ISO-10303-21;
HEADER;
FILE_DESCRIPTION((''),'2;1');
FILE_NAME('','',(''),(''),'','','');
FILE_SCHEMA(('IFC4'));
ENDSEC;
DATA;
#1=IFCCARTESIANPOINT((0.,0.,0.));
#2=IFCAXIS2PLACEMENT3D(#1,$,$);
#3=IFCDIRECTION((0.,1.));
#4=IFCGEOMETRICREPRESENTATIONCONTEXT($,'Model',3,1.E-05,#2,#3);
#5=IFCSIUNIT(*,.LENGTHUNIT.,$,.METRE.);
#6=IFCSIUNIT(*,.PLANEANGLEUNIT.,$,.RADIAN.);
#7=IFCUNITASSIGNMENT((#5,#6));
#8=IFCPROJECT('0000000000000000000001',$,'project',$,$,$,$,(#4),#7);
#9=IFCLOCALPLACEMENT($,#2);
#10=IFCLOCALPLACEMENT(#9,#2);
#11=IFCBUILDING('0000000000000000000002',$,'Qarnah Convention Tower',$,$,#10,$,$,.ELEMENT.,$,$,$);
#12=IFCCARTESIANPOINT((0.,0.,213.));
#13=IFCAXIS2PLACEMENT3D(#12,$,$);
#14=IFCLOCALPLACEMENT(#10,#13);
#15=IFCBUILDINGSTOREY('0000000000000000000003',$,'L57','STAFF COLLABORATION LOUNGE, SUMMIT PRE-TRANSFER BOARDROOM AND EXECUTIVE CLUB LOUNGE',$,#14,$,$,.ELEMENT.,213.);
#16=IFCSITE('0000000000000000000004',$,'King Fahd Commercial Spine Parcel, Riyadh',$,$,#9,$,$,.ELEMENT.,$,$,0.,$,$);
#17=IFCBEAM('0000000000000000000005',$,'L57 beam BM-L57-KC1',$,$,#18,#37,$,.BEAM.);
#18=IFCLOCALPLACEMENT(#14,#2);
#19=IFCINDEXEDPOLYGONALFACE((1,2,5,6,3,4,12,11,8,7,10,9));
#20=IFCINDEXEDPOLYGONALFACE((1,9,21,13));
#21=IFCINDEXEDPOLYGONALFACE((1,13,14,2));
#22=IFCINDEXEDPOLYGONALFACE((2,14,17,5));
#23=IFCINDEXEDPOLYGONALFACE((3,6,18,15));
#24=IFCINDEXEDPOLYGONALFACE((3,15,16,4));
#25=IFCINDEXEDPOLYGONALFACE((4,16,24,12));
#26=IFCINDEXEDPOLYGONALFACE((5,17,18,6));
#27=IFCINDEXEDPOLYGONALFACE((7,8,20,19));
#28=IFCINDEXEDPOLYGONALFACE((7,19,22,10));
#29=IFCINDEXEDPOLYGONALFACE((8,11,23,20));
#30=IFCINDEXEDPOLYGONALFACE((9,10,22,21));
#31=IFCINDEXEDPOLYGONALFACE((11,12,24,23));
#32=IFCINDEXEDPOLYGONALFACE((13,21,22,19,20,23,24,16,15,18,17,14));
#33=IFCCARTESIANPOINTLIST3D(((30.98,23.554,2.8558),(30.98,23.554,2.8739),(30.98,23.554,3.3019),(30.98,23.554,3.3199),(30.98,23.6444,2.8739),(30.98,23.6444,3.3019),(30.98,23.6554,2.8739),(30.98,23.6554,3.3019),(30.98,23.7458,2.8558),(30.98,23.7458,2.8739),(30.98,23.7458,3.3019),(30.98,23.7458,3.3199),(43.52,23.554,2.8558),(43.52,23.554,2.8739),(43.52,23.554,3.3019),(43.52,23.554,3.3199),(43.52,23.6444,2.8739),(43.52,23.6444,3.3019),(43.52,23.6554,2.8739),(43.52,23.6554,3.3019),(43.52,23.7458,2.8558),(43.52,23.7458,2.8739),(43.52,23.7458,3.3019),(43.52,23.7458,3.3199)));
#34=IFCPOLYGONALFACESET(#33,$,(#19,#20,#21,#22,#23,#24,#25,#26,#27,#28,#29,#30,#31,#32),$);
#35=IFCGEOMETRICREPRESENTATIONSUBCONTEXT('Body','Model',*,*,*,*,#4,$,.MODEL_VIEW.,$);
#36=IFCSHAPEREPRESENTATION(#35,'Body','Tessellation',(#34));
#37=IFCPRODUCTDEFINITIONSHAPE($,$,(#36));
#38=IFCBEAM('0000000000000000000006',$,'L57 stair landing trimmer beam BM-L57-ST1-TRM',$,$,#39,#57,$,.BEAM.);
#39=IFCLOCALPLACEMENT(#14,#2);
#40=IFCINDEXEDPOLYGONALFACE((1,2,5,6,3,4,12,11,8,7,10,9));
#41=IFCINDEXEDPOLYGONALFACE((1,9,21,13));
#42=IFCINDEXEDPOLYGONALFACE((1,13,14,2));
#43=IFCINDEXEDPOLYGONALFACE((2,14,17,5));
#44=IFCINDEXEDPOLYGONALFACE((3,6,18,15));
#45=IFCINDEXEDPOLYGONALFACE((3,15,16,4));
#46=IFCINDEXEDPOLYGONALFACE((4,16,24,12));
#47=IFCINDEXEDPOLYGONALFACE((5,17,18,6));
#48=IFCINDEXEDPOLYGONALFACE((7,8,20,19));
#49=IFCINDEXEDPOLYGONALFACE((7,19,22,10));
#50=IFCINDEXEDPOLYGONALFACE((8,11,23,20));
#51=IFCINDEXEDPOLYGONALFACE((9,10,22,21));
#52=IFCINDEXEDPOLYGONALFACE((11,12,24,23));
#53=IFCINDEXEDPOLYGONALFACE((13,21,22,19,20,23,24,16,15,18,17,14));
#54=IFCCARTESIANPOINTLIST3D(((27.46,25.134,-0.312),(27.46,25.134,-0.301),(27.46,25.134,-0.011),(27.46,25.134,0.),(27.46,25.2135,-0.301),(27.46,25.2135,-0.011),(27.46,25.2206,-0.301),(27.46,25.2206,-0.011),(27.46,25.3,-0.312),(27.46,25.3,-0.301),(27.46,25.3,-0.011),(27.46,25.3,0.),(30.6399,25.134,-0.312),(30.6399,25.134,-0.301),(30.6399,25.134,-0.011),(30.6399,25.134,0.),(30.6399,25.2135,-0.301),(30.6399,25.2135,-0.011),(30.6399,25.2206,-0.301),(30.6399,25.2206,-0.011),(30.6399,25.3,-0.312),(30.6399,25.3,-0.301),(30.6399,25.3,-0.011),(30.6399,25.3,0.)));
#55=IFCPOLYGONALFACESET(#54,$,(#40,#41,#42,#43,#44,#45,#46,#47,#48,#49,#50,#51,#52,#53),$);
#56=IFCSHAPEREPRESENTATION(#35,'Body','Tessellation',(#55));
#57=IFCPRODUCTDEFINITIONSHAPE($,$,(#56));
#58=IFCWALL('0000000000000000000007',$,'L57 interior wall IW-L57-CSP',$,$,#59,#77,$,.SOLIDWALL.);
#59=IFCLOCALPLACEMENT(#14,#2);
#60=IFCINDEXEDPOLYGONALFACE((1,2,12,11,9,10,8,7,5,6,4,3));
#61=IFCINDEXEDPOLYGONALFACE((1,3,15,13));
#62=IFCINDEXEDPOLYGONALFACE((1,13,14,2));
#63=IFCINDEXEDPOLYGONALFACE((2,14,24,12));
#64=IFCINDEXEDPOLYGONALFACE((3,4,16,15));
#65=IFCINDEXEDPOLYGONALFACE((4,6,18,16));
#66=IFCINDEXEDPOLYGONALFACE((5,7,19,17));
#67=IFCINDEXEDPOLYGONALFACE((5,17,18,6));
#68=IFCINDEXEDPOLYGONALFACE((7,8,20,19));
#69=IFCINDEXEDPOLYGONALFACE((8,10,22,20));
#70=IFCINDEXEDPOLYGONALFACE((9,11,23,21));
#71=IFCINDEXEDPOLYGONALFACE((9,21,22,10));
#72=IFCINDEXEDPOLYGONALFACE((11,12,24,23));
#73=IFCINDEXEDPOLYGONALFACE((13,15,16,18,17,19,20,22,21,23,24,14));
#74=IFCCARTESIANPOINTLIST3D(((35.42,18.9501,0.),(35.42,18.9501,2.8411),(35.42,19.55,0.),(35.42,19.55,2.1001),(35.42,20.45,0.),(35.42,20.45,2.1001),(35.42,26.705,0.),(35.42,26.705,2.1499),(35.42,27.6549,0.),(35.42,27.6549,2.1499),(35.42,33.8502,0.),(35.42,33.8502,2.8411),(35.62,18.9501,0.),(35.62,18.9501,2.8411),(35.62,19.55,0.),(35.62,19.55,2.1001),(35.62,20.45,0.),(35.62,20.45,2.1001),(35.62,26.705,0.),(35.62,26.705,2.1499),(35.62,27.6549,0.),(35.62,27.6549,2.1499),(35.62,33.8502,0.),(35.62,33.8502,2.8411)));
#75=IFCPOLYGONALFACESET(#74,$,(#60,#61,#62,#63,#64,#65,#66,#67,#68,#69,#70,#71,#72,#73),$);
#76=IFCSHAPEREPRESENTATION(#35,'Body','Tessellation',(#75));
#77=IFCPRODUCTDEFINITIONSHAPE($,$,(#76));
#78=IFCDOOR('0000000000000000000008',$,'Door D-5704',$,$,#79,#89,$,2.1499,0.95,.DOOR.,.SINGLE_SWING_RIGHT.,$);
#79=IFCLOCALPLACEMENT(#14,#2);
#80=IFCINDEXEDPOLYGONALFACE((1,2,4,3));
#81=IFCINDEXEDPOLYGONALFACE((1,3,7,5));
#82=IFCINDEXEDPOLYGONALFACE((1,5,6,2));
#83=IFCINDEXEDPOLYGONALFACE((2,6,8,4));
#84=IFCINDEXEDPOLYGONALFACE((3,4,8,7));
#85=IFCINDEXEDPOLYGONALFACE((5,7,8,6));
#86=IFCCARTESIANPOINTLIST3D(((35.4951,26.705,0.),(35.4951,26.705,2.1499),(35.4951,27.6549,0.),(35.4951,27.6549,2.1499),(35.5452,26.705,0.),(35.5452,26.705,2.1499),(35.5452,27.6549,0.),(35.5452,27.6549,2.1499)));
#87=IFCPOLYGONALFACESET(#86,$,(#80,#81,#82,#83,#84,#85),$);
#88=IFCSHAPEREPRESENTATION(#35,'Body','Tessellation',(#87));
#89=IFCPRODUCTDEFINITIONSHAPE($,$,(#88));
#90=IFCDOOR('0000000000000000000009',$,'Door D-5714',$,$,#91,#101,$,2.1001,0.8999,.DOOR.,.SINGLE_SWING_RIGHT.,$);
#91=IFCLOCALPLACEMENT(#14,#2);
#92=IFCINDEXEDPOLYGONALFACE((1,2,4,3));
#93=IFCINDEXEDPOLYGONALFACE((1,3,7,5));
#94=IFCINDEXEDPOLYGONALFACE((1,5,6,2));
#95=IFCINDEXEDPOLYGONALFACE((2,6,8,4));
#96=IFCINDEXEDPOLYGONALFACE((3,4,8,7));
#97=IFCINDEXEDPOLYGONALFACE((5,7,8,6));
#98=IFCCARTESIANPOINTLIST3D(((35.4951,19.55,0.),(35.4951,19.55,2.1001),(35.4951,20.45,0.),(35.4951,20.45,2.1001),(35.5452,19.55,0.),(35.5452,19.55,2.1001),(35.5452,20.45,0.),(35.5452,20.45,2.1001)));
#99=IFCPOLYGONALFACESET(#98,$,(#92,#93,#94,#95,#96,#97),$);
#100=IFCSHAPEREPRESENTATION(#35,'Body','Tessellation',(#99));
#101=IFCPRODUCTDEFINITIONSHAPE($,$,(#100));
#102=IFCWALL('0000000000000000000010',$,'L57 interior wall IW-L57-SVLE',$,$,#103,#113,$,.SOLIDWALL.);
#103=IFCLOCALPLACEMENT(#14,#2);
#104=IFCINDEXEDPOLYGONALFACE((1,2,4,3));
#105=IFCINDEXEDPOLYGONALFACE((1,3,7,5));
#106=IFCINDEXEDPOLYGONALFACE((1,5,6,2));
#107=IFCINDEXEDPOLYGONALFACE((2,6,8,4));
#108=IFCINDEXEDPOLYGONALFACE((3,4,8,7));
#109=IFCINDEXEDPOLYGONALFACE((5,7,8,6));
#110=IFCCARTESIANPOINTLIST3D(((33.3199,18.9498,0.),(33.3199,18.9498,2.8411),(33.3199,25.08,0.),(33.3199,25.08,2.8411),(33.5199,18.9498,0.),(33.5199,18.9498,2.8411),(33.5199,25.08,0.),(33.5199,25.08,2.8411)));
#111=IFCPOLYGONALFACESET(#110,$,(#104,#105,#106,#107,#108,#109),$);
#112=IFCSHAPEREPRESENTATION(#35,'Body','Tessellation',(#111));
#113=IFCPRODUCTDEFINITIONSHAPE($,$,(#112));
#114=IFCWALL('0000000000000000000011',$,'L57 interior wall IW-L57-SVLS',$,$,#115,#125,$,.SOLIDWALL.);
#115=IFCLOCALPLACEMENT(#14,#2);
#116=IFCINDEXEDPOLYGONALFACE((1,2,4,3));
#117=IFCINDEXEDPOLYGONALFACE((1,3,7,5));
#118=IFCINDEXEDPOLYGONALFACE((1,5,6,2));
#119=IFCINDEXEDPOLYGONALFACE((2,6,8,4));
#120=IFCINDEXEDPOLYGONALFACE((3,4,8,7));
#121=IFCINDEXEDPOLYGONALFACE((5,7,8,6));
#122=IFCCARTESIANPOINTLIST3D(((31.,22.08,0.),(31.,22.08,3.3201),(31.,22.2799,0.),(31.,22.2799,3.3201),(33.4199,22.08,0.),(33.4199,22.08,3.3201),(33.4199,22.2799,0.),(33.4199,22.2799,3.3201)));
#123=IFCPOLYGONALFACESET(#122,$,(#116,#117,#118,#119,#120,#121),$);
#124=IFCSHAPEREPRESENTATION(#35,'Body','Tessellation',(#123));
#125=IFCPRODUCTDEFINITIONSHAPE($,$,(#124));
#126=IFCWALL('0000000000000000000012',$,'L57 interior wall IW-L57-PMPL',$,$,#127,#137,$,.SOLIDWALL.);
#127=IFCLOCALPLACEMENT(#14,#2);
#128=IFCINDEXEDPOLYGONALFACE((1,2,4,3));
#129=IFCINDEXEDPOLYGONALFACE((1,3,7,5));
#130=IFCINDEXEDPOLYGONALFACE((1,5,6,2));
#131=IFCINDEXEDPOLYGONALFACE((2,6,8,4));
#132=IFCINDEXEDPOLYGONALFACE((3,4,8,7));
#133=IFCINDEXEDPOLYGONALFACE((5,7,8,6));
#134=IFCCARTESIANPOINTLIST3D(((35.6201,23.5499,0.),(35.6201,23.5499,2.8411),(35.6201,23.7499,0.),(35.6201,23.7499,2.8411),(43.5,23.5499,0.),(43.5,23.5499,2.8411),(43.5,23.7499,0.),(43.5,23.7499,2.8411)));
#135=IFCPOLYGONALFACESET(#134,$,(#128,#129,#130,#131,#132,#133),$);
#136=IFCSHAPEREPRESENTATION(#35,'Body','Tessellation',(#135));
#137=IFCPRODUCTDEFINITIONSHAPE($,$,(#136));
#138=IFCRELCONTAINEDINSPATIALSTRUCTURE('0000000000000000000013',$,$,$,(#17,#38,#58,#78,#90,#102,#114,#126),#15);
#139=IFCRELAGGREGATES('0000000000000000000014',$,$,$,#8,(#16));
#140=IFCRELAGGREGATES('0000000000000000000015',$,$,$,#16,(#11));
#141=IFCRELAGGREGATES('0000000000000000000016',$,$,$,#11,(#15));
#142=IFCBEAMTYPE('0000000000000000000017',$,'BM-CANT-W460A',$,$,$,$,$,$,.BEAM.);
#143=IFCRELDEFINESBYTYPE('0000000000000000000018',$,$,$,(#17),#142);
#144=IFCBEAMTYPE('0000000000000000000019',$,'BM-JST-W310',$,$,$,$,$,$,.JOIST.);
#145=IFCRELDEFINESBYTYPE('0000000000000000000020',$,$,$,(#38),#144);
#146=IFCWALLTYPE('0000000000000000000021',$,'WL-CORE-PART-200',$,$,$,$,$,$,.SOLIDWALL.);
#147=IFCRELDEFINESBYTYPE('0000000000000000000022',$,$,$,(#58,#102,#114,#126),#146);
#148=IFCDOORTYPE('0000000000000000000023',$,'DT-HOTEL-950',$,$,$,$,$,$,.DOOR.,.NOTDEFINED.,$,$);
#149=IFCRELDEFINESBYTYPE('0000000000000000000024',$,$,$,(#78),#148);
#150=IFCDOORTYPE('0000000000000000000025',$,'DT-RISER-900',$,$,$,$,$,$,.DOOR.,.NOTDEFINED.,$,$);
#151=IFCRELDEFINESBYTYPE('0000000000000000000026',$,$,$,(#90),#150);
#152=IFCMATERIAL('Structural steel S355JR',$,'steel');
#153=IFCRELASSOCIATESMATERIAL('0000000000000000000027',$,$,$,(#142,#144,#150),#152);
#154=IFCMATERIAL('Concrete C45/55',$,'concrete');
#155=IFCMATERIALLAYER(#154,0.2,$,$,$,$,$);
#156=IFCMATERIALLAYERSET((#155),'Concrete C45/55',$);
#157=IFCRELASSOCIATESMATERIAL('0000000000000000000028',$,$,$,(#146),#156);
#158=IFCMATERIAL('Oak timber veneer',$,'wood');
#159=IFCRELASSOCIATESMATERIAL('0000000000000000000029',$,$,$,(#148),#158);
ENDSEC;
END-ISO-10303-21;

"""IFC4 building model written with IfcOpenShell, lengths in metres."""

from ifc_helpers import new_model, si_unit, direction, frame, frame_2d, origin, origin_2d, place, context, subcontext, project, spatial, rectangle, i_section, extrude, material, layer, layer_set, material_profile, profile_set, type_object, element, fill, save


model = new_model("IFC4")

# Units and contexts
model_context = context("Model", 3, precision=1e-05, world=origin(), true_north=direction((0.0, 1.0)))
body_context = subcontext(model_context, "Body", "Model", "MODEL_VIEW")
ifc_project = project(units=[si_unit("LENGTHUNIT", "METRE"), si_unit("PLANEANGLEUNIT", "RADIAN")], contexts=[model_context])

# Site, building, storey
site_placement = place(None, origin())
site = spatial("IfcSite", under=ifc_project, at=site_placement, Name="King Fahd Commercial Spine Parcel, Riyadh", CompositionType="ELEMENT", RefElevation=0.0)
building_placement = place(site_placement, origin())
building = spatial("IfcBuilding", under=site, at=building_placement, Name="Qarnah Convention Tower", CompositionType="ELEMENT")
storey_placement = place(building_placement, frame((0.0, 0.0, 213.0)))
storey = spatial("IfcBuildingStorey", under=building, at=storey_placement, Name="L57", Description="STAFF COLLABORATION LOUNGE, SUMMIT PRE-TRANSFER BOARDROOM AND EXECUTIVE CLUB LOUNGE", CompositionType="ELEMENT", Elevation=213.0)

# Beams
ifc_material_1 = material(Name="Structural steel S355JR", Category="steel")
ifc_material_profile_1 = material_profile(ifc_material_1, i_section(OverallWidth=0.1919, OverallDepth=0.4641, WebThickness=0.011, FlangeThickness=0.0181, at=origin_2d()), Name="W460X89")
ifc_profile_set_1 = profile_set([ifc_material_profile_1], Name="Structural steel S355JR")
beam_type_1 = type_object("IfcBeamType", Name="BM-CANT-W460A", PredefinedType="BEAM", material=ifc_profile_set_1)
beam_1_placement = place(storey_placement, frame((30.98, 23.6499, 3.0879), z_axis=(1.0, 0.0, 0.0), x_axis=(0.0, 1.0, 0.0)))
element("IfcBeam", 1, at=beam_1_placement, inside=storey, type_object=beam_type_1, Name="L57 beam BM-L57-KC1", PredefinedType="BEAM", context=body_context, shape_type="SweptSolid", body=[
    extrude(i_section(OverallWidth=0.1919, OverallDepth=0.4641, WebThickness=0.011, FlangeThickness=0.0181, at=origin_2d()), origin(), (0.0, 0.0, 1.0), 12.54),
])
ifc_material_profile_2 = material_profile(ifc_material_1, i_section(OverallWidth=0.166, OverallDepth=0.312, WebThickness=0.0071, FlangeThickness=0.011, at=origin_2d()), Name="W310X45")
ifc_profile_set_2 = profile_set([ifc_material_profile_2], Name="Structural steel S355JR")
beam_type_2 = type_object("IfcBeamType", Name="BM-JST-W310", PredefinedType="JOIST", material=ifc_profile_set_2)
beam_2_placement = place(storey_placement, frame((27.46, 25.217, -0.156), z_axis=(1.0, 0.0, 0.0), x_axis=(0.0, 1.0, 0.0)))
element("IfcBeam", 2, at=beam_2_placement, inside=storey, type_object=beam_type_2, Name="L57 stair landing trimmer beam BM-L57-ST1-TRM", PredefinedType="BEAM", context=body_context, shape_type="SweptSolid", body=[
    extrude(i_section(OverallWidth=0.166, OverallDepth=0.312, WebThickness=0.0071, FlangeThickness=0.011, at=origin_2d()), origin(), (0.0, 0.0, 1.0), 3.1799),
])

# Wall, openings, doors
ifc_material_2 = material(Name="Concrete C45/55", Category="concrete")
ifc_layer_1 = layer(ifc_material_2, 0.2)
ifc_layer_set_1 = layer_set([ifc_layer_1], Name="Concrete C45/55")
wall_type_1 = type_object("IfcWallType", Name="WL-CORE-PART-200", PredefinedType="SOLIDWALL", material=ifc_layer_set_1)
wall_1_placement = place(storey_placement, frame((35.52, 18.95, 0.0), z_axis=(0.0, 0.0, 1.0), x_axis=(0.0, 1.0, 0.0)))
wall_1 = element("IfcWall", 3, at=wall_1_placement, inside=storey, type_object=wall_type_1, Name="L57 interior wall IW-L57-CSP", PredefinedType="SOLIDWALL", context=body_context, shape_type="SweptSolid", body=[
    extrude(rectangle(XDim=14.9001, YDim=0.2, at=frame_2d((7.4502, 0.0))), origin(), (0.0, 0.0, 1.0), 2.8411),
])
opening_1_placement = place(wall_1_placement, frame((7.7549, 0.0, 0.0)))
opening_1 = element("IfcOpeningElement", 4, at=opening_1_placement, cuts=wall_1, PredefinedType="OPENING", context=body_context, shape_type="SweptSolid", body=[
    extrude(rectangle(XDim=0.95, YDim=2.1499, at=frame_2d((0.4751, 1.075))), frame((0.0, 0.1099, 0.0), z_axis=(0.0, -1.0, 0.0), x_axis=(1.0, 0.0, 0.0)), (0.0, 0.0, 1.0), 0.22),
])
opening_2_placement = place(wall_1_placement, frame((0.6001, 0.0, 0.0)))
opening_2 = element("IfcOpeningElement", 5, at=opening_2_placement, cuts=wall_1, PredefinedType="OPENING", context=body_context, shape_type="SweptSolid", body=[
    extrude(rectangle(XDim=0.8999, YDim=2.1001, at=frame_2d((0.45, 1.05))), frame((0.0, 0.1099, 0.0), z_axis=(0.0, -1.0, 0.0), x_axis=(1.0, 0.0, 0.0)), (0.0, 0.0, 1.0), 0.22),
])
ifc_material_3 = material(Name="Oak timber veneer", Category="wood")
door_type_1 = type_object("IfcDoorType", Name="DT-HOTEL-950", OperationType="NOTDEFINED", PredefinedType="DOOR", material=ifc_material_3)
door_1_placement = place(opening_1_placement, origin())
door_1 = element("IfcDoor", 6, at=door_1_placement, inside=storey, type_object=door_type_1, Name="Door D-5704", OperationType="SINGLE_SWING_RIGHT", OverallHeight=2.1499, OverallWidth=0.95, PredefinedType="DOOR", context=body_context, shape_type="SweptSolid", body=[
    extrude(rectangle(XDim=0.95, YDim=2.1499, at=frame_2d((0.4751, 1.075))), frame((0.0, 0.0249, 0.0), z_axis=(0.0, -1.0, 0.0), x_axis=(1.0, 0.0, 0.0)), (0.0, 0.0, 1.0), 0.05),
])
fill(opening_1, door_1)
door_type_2 = type_object("IfcDoorType", Name="DT-RISER-900", OperationType="NOTDEFINED", PredefinedType="DOOR", material=ifc_material_1)
door_2_placement = place(opening_2_placement, origin())
door_2 = element("IfcDoor", 7, at=door_2_placement, inside=storey, type_object=door_type_2, Name="Door D-5714", OperationType="SINGLE_SWING_RIGHT", OverallHeight=2.1001, OverallWidth=0.8999, PredefinedType="DOOR", context=body_context, shape_type="SweptSolid", body=[
    extrude(rectangle(XDim=0.8999, YDim=2.1001, at=frame_2d((0.45, 1.05))), frame((0.0, 0.0249, 0.0), z_axis=(0.0, -1.0, 0.0), x_axis=(1.0, 0.0, 0.0)), (0.0, 0.0, 1.0), 0.05),
])
fill(opening_2, door_2)

# Walls
wall_2_placement = place(storey_placement, frame((33.4199, 18.95, 0.0), z_axis=(0.0, 0.0, 1.0), x_axis=(0.0, 1.0, 0.0)))
element("IfcWall", 8, at=wall_2_placement, inside=storey, type_object=wall_type_1, Name="L57 interior wall IW-L57-SVLE", PredefinedType="SOLIDWALL", context=body_context, shape_type="SweptSolid", body=[
    extrude(rectangle(XDim=6.1301, YDim=0.2, at=frame_2d((3.0649, 0.0))), origin(), (0.0, 0.0, 1.0), 2.8411),
])
wall_3_placement = place(storey_placement, frame((31.0, 22.1799, 0.0), z_axis=(0.0, 0.0, 1.0), x_axis=(1.0, 0.0, 0.0)))
element("IfcWall", 9, at=wall_3_placement, inside=storey, type_object=wall_type_1, Name="L57 interior wall IW-L57-SVLS", PredefinedType="SOLIDWALL", context=body_context, shape_type="SweptSolid", body=[
    extrude(rectangle(XDim=2.4199, YDim=0.2, at=frame_2d((1.21, 0.0))), origin(), (0.0, 0.0, 1.0), 3.3201),
])
wall_4_placement = place(storey_placement, frame((35.6201, 23.6499, 0.0), z_axis=(0.0, 0.0, 1.0), x_axis=(1.0, 0.0, 0.0)))
element("IfcWall", 10, at=wall_4_placement, inside=storey, type_object=wall_type_1, Name="L57 interior wall IW-L57-PMPL", PredefinedType="SOLIDWALL", context=body_context, shape_type="SweptSolid", body=[
    extrude(rectangle(XDim=7.8799, YDim=0.2, at=frame_2d((3.9399, 0.0))), origin(), (0.0, 0.0, 1.0), 2.8411),
])

save(model, "model.ifc")
